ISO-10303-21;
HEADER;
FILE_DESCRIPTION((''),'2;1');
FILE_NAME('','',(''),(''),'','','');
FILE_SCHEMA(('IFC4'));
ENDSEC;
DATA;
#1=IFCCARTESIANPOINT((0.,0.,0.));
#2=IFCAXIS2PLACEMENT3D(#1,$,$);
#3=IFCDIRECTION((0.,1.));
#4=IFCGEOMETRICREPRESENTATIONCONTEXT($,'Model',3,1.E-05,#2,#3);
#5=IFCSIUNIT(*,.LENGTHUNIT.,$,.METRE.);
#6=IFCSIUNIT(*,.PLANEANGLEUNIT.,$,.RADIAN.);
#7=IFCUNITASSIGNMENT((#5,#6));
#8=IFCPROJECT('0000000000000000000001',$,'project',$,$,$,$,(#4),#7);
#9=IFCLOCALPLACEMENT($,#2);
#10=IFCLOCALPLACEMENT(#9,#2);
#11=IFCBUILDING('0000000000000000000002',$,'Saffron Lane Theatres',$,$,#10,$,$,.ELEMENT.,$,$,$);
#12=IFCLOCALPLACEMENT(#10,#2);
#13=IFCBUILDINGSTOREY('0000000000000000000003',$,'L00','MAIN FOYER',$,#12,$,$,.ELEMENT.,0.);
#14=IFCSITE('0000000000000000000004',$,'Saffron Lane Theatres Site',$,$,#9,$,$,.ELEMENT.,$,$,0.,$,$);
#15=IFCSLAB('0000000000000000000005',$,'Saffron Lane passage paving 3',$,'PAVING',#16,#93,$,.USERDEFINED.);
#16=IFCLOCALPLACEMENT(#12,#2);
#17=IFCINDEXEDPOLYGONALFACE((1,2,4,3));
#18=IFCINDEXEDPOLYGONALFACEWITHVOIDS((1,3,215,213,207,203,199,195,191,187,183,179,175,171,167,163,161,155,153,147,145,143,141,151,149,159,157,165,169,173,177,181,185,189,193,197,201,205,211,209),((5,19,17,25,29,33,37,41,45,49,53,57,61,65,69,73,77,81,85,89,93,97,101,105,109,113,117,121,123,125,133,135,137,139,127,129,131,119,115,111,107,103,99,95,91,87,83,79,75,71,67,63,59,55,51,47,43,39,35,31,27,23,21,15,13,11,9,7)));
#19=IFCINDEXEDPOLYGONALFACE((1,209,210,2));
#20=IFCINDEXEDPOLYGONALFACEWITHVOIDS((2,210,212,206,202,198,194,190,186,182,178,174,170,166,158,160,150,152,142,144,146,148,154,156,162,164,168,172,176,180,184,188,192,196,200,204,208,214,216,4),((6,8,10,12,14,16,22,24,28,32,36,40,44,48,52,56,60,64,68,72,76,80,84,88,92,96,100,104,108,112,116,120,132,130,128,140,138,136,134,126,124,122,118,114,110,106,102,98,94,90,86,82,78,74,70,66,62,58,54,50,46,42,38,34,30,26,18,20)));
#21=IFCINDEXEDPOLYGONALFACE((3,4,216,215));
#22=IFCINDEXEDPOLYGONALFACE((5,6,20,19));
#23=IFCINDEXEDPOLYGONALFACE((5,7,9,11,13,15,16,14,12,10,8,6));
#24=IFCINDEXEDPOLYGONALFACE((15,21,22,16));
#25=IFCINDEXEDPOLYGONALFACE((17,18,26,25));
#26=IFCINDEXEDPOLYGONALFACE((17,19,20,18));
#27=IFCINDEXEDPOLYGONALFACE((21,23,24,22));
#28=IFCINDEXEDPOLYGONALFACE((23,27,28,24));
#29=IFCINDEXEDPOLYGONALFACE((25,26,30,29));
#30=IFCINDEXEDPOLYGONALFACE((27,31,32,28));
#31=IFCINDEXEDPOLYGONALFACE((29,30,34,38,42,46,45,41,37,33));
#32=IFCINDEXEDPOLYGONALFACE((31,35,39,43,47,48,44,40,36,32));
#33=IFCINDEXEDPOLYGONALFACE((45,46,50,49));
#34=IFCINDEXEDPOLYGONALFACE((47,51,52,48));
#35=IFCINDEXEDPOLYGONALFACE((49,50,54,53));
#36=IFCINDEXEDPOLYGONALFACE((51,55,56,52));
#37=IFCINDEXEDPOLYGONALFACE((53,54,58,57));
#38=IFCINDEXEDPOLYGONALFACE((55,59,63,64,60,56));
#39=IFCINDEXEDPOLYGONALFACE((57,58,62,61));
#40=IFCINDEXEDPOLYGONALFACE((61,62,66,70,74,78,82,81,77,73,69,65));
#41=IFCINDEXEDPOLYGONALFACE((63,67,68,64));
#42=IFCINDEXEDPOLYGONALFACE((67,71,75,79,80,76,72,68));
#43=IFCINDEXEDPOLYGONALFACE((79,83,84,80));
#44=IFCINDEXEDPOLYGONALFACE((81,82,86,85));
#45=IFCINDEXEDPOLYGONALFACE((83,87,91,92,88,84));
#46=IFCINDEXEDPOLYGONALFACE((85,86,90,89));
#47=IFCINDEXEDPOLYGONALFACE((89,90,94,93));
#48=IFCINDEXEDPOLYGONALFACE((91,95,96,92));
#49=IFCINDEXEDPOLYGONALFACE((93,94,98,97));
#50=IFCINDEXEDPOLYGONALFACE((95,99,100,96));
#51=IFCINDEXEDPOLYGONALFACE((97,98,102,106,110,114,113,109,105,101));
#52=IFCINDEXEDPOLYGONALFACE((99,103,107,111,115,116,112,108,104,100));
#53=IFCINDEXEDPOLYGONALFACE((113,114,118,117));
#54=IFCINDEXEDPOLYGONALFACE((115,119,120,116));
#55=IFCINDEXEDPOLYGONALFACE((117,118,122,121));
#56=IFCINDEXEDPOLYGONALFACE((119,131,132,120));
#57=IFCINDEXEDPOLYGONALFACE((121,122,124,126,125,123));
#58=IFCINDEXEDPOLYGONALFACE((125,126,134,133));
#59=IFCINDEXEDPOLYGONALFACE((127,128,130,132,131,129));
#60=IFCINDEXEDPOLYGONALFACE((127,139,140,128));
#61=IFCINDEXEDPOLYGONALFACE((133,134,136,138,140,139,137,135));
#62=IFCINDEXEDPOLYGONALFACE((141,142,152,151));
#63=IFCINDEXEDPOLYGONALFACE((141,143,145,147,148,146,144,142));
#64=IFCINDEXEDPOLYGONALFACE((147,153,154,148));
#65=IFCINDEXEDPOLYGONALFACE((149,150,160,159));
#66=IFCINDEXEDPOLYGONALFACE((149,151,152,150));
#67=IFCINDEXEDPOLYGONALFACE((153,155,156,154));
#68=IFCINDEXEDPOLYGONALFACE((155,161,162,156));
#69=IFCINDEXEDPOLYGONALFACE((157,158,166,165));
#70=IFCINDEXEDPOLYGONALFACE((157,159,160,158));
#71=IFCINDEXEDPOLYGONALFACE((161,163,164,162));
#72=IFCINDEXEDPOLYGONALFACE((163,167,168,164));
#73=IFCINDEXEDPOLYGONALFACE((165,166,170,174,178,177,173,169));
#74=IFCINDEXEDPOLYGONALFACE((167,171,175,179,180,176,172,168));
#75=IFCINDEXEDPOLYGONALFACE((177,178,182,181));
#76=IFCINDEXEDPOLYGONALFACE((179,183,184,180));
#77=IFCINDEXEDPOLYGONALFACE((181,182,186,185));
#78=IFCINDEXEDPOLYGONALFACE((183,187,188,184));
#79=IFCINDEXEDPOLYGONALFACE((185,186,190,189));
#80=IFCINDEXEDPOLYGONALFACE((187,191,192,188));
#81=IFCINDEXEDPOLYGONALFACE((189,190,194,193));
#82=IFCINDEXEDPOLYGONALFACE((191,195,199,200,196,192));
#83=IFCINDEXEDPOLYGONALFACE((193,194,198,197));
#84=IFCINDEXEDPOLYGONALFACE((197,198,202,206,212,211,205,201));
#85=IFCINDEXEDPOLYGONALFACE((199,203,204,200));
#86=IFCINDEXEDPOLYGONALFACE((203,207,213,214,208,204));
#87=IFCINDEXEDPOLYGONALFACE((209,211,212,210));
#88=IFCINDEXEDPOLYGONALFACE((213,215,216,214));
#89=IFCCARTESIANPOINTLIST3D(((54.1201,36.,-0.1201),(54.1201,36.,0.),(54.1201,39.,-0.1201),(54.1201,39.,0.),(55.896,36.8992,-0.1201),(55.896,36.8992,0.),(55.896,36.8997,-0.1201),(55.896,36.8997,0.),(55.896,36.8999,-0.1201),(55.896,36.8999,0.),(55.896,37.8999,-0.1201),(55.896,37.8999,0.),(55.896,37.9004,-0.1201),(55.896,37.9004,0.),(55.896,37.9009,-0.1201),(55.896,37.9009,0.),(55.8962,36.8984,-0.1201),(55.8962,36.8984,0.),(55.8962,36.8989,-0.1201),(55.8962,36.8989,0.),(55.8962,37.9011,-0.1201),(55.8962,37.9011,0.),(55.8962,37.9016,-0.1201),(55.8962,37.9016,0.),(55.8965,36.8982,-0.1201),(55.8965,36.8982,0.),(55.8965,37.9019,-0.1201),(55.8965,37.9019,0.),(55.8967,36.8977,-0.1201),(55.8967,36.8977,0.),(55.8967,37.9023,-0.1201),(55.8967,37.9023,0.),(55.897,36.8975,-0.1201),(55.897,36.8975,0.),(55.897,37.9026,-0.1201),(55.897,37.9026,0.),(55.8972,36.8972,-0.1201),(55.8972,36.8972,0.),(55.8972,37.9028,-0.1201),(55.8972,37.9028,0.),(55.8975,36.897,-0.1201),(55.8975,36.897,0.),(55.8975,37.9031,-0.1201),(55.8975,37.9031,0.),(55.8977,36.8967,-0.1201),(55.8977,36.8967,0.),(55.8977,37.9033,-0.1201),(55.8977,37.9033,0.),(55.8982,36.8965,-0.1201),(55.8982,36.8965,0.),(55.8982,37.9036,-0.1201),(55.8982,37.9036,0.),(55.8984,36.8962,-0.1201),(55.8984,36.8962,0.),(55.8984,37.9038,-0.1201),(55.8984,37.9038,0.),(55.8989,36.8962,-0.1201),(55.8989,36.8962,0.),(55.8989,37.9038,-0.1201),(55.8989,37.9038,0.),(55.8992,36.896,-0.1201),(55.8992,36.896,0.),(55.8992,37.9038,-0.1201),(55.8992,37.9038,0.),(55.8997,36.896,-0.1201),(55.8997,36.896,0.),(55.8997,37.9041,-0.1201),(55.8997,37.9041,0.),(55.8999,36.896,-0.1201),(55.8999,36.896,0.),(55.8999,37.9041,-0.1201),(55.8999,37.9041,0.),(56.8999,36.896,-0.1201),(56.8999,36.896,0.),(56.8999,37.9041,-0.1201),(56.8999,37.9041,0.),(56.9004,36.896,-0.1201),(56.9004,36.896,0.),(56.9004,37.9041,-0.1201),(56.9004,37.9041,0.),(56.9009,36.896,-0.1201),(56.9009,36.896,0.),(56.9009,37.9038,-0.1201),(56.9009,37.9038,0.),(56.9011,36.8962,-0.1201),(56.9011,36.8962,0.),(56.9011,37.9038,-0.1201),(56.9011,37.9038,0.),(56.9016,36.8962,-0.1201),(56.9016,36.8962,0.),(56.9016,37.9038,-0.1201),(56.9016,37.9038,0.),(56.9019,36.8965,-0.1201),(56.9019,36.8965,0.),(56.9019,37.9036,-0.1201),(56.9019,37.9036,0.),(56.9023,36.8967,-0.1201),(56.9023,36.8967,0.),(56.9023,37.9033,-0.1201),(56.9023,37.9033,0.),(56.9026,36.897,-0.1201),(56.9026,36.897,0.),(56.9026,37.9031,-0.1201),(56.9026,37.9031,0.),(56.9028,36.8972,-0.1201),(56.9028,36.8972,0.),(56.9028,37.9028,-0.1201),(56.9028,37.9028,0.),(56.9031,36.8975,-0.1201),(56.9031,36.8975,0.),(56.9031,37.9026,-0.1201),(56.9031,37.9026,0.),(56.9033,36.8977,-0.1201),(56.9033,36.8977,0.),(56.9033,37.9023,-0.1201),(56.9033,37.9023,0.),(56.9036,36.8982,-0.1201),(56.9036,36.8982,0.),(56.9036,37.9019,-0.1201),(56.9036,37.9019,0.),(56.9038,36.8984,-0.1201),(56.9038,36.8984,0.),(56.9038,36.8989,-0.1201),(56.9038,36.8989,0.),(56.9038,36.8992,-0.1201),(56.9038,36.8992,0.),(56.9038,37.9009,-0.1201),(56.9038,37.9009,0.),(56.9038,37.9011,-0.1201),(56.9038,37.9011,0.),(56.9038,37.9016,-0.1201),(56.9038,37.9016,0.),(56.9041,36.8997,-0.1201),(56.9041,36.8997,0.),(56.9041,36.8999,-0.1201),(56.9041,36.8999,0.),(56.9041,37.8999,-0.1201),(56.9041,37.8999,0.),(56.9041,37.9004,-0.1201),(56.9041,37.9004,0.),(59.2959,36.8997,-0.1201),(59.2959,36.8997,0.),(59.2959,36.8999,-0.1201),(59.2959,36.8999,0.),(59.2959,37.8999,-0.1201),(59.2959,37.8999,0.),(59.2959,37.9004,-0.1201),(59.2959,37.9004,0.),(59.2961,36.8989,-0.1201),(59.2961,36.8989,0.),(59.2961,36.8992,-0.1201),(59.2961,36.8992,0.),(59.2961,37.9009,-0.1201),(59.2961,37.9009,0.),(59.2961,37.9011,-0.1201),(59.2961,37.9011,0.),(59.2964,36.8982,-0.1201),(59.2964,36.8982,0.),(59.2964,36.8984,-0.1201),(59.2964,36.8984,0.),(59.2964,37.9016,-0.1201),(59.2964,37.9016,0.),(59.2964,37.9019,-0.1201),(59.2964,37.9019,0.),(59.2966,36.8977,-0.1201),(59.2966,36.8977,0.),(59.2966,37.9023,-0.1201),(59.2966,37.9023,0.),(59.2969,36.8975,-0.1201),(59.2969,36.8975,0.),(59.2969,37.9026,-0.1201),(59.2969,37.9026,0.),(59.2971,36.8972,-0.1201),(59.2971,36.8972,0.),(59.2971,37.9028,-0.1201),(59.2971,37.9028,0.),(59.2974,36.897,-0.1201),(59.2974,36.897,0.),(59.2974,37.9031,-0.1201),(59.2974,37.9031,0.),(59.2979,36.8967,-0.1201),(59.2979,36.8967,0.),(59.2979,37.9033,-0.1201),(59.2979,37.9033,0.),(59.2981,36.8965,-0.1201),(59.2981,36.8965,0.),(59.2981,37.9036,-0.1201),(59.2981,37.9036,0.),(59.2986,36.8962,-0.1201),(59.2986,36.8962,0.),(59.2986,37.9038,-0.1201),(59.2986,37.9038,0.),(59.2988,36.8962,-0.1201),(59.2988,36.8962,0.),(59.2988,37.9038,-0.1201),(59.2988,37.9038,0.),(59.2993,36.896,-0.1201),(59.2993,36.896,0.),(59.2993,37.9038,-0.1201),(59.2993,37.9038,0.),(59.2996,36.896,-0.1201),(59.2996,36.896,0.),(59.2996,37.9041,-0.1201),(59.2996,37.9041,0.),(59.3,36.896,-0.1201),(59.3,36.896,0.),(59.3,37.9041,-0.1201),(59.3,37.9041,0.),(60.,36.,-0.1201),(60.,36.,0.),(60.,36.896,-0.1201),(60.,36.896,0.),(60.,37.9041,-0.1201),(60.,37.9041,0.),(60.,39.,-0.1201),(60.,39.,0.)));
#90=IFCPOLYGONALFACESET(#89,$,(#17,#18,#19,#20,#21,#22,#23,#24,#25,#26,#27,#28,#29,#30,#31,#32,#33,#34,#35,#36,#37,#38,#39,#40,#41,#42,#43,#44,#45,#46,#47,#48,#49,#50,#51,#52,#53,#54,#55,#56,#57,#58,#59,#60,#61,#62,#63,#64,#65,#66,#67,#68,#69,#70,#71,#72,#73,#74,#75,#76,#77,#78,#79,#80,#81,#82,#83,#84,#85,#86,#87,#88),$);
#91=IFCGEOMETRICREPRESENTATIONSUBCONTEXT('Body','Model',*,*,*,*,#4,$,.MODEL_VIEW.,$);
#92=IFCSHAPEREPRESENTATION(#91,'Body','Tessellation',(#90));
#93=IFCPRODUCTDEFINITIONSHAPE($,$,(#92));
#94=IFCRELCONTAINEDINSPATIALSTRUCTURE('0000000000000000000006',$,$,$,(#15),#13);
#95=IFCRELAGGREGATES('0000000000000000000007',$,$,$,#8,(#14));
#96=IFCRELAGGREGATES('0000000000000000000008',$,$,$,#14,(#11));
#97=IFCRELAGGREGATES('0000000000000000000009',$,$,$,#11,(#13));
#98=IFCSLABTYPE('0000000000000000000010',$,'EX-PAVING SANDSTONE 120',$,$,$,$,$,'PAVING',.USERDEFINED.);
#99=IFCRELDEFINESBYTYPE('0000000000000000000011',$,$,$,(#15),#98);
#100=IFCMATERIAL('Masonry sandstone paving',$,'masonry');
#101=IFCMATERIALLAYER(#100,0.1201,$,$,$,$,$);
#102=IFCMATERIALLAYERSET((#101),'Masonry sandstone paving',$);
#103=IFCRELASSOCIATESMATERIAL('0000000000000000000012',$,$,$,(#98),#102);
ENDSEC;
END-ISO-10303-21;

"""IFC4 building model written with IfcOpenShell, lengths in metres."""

from ifc_helpers import new_model, si_unit, direction, frame, origin, place, context, subcontext, project, spatial, polyline, outline, extrude, material, layer, layer_set, type_object, element, save


model = new_model("IFC4")

# Units and contexts
model_context = context("Model", 3, precision=1e-05, world=origin(), true_north=direction((0.0, 1.0)))
body_context = subcontext(model_context, "Body", "Model", "MODEL_VIEW")
ifc_project = project(units=[si_unit("LENGTHUNIT", "METRE"), si_unit("PLANEANGLEUNIT", "RADIAN")], contexts=[model_context])

# Site, building, storey
site_placement = place(None, origin())
site = spatial("IfcSite", under=ifc_project, at=site_placement, Name="Saffron Lane Theatres Site", CompositionType="ELEMENT", RefElevation=0.0)
building_placement = place(site_placement, origin())
building = spatial("IfcBuilding", under=site, at=building_placement, Name="Saffron Lane Theatres", CompositionType="ELEMENT")
storey_placement = place(building_placement, origin())
storey = spatial("IfcBuildingStorey", under=building, at=storey_placement, Name="L00", Description="MAIN FOYER", CompositionType="ELEMENT", Elevation=0.0)

# Slab
ifc_material_1 = material(Name="Masonry sandstone paving", Category="masonry")
ifc_layer_1 = layer(ifc_material_1, 0.1201)
ifc_layer_set_1 = layer_set([ifc_layer_1], Name="Masonry sandstone paving")
slab_type_1 = type_object("IfcSlabType", Name="EX-PAVING SANDSTONE 120", ElementType="PAVING", PredefinedType="USERDEFINED", material=ifc_layer_set_1)
slab_1_placement = place(storey_placement, frame((0.0, 0.0, -0.1201)))
element("IfcSlab", 1, at=slab_1_placement, inside=storey, type_object=slab_type_1, Name="Saffron Lane passage paving 3", ObjectType="PAVING", PredefinedType="USERDEFINED", context=body_context, shape_type="SweptSolid", body=[
    extrude(outline(polyline([(60.0, 37.9041), (60.0, 39.0), (54.1201, 39.0), (54.1201, 36.0), (60.0, 36.0), (60.0, 36.896), (59.3, 36.896), (59.2996, 36.896), (59.2993, 36.896), (59.2988, 36.8962), (59.2986, 36.8962), (59.2981, 36.8965), (59.2979, 36.8967), (59.2974, 36.897), (59.2971, 36.8972), (59.2969, 36.8975), (59.2966, 36.8977), (59.2964, 36.8982), (59.2964, 36.8984), (59.2961, 36.8989), (59.2961, 36.8992), (59.2959, 36.8997), (59.2959, 36.8999), (59.2959, 37.8999), (59.2959, 37.9004), (59.2961, 37.9009), (59.2961, 37.9011), (59.2964, 37.9016), (59.2964, 37.9019), (59.2966, 37.9023), (59.2969, 37.9026), (59.2971, 37.9028), (59.2974, 37.9031), (59.2979, 37.9033), (59.2981, 37.9036), (59.2986, 37.9038), (59.2988, 37.9038), (59.2993, 37.9038), (59.2996, 37.9041), (59.3, 37.9041), (60.0, 37.9041)]), holes=[polyline([(55.896, 37.9009), (55.8962, 37.9011), (55.8962, 37.9016), (55.8965, 37.9019), (55.8967, 37.9023), (55.897, 37.9026), (55.8972, 37.9028), (55.8975, 37.9031), (55.8977, 37.9033), (55.8982, 37.9036), (55.8984, 37.9038), (55.8989, 37.9038), (55.8992, 37.9038), (55.8997, 37.9041), (55.8999, 37.9041), (56.8999, 37.9041), (56.9004, 37.9041), (56.9009, 37.9038), (56.9011, 37.9038), (56.9016, 37.9038), (56.9019, 37.9036), (56.9023, 37.9033), (56.9026, 37.9031), (56.9028, 37.9028), (56.9031, 37.9026), (56.9033, 37.9023), (56.9036, 37.9019), (56.9038, 37.9016), (56.9038, 37.9011), (56.9038, 37.9009), (56.9041, 37.9004), (56.9041, 37.8999), (56.9041, 36.8999), (56.9041, 36.8997), (56.9038, 36.8992), (56.9038, 36.8989), (56.9038, 36.8984), (56.9036, 36.8982), (56.9033, 36.8977), (56.9031, 36.8975), (56.9028, 36.8972), (56.9026, 36.897), (56.9023, 36.8967), (56.9019, 36.8965), (56.9016, 36.8962), (56.9011, 36.8962), (56.9009, 36.896), (56.9004, 36.896), (56.8999, 36.896), (55.8999, 36.896), (55.8997, 36.896), (55.8992, 36.896), (55.8989, 36.8962), (55.8984, 36.8962), (55.8982, 36.8965), (55.8977, 36.8967), (55.8975, 36.897), (55.8972, 36.8972), (55.897, 36.8975), (55.8967, 36.8977), (55.8965, 36.8982), (55.8962, 36.8984), (55.8962, 36.8989), (55.896, 36.8992), (55.896, 36.8997), (55.896, 36.8999), (55.896, 37.8999), (55.896, 37.9004), (55.896, 37.9009)])]), origin(), (0.0, 0.0, 1.0), 0.1201),
])

save(model, "model.ifc")
